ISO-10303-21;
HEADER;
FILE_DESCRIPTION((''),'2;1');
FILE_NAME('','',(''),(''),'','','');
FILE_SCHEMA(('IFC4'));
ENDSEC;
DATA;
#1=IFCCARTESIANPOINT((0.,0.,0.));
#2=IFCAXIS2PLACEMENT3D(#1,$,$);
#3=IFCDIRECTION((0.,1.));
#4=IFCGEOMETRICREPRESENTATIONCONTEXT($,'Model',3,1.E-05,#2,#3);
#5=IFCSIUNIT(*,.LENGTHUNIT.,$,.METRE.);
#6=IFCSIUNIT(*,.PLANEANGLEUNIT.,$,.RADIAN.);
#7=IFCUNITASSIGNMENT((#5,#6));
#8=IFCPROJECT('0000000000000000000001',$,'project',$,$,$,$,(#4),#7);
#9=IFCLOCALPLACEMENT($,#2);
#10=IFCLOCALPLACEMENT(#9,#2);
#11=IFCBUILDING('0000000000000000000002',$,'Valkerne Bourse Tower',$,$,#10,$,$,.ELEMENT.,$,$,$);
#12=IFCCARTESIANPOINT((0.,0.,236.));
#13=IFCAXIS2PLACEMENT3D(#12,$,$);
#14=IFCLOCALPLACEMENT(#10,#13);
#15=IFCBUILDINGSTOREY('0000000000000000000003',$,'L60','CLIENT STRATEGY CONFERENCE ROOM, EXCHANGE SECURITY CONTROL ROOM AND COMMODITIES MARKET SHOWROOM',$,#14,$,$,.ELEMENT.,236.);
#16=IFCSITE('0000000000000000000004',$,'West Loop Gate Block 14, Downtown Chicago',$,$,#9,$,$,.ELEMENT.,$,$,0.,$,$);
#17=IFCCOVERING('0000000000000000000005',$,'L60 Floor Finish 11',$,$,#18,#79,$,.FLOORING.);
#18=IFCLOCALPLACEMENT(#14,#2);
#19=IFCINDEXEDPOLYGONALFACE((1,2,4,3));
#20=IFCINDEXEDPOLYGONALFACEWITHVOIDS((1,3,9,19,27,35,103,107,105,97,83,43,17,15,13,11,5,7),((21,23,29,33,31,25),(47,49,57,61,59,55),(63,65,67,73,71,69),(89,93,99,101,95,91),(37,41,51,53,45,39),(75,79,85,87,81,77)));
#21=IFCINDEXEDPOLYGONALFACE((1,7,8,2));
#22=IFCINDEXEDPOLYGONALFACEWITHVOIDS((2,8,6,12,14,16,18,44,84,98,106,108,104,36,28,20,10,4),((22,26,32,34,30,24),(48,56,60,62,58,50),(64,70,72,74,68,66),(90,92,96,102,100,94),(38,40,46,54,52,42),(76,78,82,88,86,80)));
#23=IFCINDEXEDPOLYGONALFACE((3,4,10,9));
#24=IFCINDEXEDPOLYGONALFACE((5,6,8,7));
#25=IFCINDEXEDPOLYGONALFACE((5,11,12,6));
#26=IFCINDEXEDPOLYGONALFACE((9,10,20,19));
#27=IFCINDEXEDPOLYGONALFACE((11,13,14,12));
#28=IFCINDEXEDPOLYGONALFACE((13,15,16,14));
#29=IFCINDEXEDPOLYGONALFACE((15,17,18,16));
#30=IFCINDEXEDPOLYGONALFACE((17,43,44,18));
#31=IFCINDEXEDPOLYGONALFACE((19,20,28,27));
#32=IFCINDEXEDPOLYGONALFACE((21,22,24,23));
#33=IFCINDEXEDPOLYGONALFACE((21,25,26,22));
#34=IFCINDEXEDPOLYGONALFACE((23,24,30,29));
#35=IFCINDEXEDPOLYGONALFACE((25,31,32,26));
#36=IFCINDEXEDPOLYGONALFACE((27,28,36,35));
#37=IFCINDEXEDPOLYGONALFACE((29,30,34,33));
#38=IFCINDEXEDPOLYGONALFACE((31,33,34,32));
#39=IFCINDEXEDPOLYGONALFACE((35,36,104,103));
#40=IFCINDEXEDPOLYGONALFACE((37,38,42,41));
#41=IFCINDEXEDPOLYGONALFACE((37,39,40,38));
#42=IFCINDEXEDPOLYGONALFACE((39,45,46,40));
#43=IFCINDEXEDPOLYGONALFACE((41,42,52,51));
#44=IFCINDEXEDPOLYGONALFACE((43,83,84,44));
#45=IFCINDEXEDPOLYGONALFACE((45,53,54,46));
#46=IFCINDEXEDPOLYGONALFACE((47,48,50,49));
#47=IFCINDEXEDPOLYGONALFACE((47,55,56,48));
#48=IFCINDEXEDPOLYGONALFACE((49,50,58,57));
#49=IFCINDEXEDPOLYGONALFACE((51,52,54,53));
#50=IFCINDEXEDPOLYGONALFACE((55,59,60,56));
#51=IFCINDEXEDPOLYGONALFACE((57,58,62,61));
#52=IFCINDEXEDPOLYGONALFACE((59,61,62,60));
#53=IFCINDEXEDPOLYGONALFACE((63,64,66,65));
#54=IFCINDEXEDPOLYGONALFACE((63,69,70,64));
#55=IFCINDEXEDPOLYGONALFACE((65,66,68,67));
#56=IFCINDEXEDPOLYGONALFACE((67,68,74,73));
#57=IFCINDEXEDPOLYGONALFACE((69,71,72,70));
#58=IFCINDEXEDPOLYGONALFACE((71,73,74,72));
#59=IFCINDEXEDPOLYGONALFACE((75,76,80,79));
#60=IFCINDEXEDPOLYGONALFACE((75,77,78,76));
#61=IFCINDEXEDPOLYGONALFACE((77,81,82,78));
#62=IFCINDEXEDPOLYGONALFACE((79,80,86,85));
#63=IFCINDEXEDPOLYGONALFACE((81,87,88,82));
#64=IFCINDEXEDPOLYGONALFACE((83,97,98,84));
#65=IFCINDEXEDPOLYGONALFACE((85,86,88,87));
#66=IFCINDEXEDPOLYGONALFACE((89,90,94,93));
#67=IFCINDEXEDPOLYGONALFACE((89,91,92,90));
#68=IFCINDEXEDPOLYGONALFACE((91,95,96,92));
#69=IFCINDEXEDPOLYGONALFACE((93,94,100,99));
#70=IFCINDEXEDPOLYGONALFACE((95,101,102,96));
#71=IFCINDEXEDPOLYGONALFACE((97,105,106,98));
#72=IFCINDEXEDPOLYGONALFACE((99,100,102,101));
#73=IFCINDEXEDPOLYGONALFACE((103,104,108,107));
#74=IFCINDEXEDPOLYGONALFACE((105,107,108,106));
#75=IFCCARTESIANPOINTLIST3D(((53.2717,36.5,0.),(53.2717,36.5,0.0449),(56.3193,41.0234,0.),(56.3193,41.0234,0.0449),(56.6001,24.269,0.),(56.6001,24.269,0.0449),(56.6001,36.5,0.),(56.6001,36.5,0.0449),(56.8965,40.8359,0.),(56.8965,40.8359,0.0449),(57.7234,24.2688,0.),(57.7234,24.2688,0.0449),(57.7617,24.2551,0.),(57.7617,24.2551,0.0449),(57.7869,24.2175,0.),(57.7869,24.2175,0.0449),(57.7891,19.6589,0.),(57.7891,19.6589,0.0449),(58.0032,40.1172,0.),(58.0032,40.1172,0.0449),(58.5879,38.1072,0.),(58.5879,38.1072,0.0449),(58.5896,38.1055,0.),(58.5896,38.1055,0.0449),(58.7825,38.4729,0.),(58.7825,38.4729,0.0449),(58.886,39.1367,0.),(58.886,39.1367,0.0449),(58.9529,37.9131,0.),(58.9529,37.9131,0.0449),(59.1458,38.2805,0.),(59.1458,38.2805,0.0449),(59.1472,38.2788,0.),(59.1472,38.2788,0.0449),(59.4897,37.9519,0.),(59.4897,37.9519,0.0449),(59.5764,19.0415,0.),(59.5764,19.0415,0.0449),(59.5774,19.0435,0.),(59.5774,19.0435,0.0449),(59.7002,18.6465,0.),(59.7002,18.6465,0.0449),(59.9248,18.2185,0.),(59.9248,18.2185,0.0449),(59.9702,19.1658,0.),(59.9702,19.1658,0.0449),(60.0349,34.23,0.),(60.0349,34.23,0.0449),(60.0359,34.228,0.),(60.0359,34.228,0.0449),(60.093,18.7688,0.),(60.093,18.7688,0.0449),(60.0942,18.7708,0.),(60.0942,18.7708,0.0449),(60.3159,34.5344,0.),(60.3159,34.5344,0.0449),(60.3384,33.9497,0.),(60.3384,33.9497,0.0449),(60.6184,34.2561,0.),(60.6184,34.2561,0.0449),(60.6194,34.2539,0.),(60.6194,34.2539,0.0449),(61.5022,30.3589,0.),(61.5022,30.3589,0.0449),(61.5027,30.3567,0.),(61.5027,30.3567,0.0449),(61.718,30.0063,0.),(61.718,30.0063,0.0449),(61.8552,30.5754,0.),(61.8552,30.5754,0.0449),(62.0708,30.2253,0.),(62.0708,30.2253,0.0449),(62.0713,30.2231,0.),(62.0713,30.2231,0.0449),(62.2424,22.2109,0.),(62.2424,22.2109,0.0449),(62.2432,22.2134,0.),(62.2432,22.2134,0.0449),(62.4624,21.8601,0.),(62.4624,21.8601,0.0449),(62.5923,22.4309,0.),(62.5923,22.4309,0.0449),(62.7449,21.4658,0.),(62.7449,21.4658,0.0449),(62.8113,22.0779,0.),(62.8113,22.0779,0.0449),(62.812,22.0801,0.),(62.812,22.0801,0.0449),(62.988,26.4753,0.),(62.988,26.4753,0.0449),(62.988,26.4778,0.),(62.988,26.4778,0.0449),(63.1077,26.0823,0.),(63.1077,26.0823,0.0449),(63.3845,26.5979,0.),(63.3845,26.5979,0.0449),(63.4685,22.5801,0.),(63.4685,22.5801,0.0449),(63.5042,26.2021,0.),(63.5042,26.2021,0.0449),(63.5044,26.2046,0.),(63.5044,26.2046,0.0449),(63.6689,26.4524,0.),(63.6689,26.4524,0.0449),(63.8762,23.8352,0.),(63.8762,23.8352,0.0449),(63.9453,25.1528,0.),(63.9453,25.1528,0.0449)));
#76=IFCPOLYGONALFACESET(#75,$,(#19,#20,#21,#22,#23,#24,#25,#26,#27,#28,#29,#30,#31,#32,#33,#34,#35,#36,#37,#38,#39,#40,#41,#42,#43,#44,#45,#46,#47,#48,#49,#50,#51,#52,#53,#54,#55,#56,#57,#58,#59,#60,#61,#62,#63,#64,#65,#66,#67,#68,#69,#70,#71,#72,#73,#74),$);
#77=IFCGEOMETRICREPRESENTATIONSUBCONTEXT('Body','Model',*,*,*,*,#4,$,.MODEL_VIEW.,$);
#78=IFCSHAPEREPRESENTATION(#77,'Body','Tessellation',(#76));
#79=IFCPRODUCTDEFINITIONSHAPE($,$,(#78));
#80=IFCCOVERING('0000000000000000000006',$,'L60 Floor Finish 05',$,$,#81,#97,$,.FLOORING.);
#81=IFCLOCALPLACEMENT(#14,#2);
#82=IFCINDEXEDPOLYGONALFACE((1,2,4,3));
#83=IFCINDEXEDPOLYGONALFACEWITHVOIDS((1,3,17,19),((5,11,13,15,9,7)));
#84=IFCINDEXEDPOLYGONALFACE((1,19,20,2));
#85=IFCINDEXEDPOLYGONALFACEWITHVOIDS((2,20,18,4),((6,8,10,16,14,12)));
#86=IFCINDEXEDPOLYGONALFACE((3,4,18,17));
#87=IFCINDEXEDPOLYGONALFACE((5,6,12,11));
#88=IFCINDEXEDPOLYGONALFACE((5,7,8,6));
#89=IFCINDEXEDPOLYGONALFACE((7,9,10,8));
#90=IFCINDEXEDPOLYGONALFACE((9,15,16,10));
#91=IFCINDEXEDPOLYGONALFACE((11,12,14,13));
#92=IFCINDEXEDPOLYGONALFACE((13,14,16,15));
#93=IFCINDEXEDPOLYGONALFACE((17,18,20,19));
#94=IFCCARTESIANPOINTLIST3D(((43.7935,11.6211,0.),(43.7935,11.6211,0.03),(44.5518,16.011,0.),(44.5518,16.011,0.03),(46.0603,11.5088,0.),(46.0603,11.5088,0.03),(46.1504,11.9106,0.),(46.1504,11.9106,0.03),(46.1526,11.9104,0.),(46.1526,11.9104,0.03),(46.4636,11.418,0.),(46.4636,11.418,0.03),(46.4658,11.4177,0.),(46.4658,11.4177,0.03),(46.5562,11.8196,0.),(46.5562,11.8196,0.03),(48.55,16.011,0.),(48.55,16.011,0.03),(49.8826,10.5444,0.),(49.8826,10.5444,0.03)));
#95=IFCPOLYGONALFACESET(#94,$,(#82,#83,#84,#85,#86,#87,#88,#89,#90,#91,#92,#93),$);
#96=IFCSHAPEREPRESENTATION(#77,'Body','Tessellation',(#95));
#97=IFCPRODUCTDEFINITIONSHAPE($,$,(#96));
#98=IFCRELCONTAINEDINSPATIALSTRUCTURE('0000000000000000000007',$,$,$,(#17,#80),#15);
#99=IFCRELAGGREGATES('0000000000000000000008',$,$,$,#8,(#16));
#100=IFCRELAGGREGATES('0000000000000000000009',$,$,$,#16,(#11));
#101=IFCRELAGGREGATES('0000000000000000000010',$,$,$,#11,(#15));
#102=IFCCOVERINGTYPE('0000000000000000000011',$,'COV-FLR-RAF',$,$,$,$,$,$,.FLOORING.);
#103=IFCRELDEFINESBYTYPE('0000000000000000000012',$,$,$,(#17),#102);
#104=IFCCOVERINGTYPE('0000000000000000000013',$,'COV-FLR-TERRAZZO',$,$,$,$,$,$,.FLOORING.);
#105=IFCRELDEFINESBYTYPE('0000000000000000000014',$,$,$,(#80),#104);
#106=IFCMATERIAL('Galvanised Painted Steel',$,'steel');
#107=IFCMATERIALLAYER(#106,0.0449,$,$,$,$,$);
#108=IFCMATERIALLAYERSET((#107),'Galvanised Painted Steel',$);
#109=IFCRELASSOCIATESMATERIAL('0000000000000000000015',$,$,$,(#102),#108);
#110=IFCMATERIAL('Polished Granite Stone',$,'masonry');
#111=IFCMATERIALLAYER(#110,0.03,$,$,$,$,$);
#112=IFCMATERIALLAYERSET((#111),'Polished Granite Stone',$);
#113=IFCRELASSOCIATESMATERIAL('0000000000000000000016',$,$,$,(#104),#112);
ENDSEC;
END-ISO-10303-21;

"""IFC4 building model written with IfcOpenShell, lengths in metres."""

from ifc_helpers import new_model, si_unit, direction, frame, origin, place, context, subcontext, project, spatial, polyline, outline, extrude, material, layer, layer_set, type_object, element, save


model = new_model("IFC4")

# Units and contexts
model_context = context("Model", 3, precision=1e-05, world=origin(), true_north=direction((0.0, 1.0)))
body_context = subcontext(model_context, "Body", "Model", "MODEL_VIEW")
ifc_project = project(units=[si_unit("LENGTHUNIT", "METRE"), si_unit("PLANEANGLEUNIT", "RADIAN")], contexts=[model_context])

# Site, building, storey
site_placement = place(None, origin())
site = spatial("IfcSite", under=ifc_project, at=site_placement, Name="West Loop Gate Block 14, Downtown Chicago", CompositionType="ELEMENT", RefElevation=0.0)
building_placement = place(site_placement, origin())
building = spatial("IfcBuilding", under=site, at=building_placement, Name="Valkerne Bourse Tower", CompositionType="ELEMENT")
storey_placement = place(building_placement, frame((0.0, 0.0, 236.0)))
storey = spatial("IfcBuildingStorey", under=building, at=storey_placement, Name="L60", Description="CLIENT STRATEGY CONFERENCE ROOM, EXCHANGE SECURITY CONTROL ROOM AND COMMODITIES MARKET SHOWROOM", CompositionType="ELEMENT", Elevation=236.0)

# Coverings
ifc_material_1 = material(Name="Galvanised Painted Steel", Category="steel")
ifc_layer_1 = layer(ifc_material_1, 0.0449)
ifc_layer_set_1 = layer_set([ifc_layer_1], Name="Galvanised Painted Steel")
covering_type_1 = type_object("IfcCoveringType", Name="COV-FLR-RAF", PredefinedType="FLOORING", material=ifc_layer_set_1)
covering_1_placement = place(storey_placement, origin())
element("IfcCovering", 1, at=covering_1_placement, inside=storey, type_object=covering_type_1, Name="L60 Floor Finish 11", PredefinedType="FLOORING", context=body_context, shape_type="SweptSolid", body=[
    extrude(outline(polyline([(63.4685, 22.5801), (62.7449, 21.4658), (59.9248, 18.2185), (57.7891, 19.6589), (57.7869, 24.2175), (57.7617, 24.2551), (57.7234, 24.2688), (56.6001, 24.269), (56.6001, 36.5), (53.2717, 36.5), (56.3193, 41.0234), (56.8965, 40.8359), (58.0032, 40.1172), (58.886, 39.1367), (59.4897, 37.9519), (63.6689, 26.4524), (63.9453, 25.1528), (63.8762, 23.8352), (63.4685, 22.5801)]), holes=[polyline([(60.0942, 18.7708), (59.9702, 19.1658), (59.5774, 19.0435), (59.5764, 19.0415), (59.7002, 18.6465), (60.093, 18.7688), (60.0942, 18.7708)]), polyline([(62.812, 22.0801), (62.5923, 22.4309), (62.2432, 22.2134), (62.2424, 22.2109), (62.4624, 21.8601), (62.8113, 22.0779), (62.812, 22.0801)]), polyline([(63.5042, 26.2021), (63.5044, 26.2046), (63.3845, 26.5979), (62.988, 26.4778), (62.988, 26.4753), (63.1077, 26.0823), (63.5042, 26.2021)]), polyline([(62.0708, 30.2253), (61.8552, 30.5754), (61.5022, 30.3589), (61.5027, 30.3567), (61.718, 30.0063), (62.0713, 30.2231), (62.0708, 30.2253)]), polyline([(60.6184, 34.2561), (60.3159, 34.5344), (60.0349, 34.23), (60.0359, 34.228), (60.3384, 33.9497), (60.6194, 34.2539), (60.6184, 34.2561)]), polyline([(59.1458, 38.2805), (58.7825, 38.4729), (58.5879, 38.1072), (58.5896, 38.1055), (58.9529, 37.9131), (59.1472, 38.2788), (59.1458, 38.2805)])]), origin(), (0.0, 0.0, 1.0), 0.0449),
])
ifc_material_2 = material(Name="Polished Granite Stone", Category="masonry")
ifc_layer_2 = layer(ifc_material_2, 0.03)
ifc_layer_set_2 = layer_set([ifc_layer_2], Name="Polished Granite Stone")
covering_type_2 = type_object("IfcCoveringType", Name="COV-FLR-TERRAZZO", PredefinedType="FLOORING", material=ifc_layer_set_2)
covering_2_placement = place(storey_placement, origin())
element("IfcCovering", 2, at=covering_2_placement, inside=storey, type_object=covering_type_2, Name="L60 Floor Finish 05", PredefinedType="FLOORING", context=body_context, shape_type="SweptSolid", body=[
    extrude(outline(polyline([(48.55, 16.011), (49.8826, 10.5444), (43.7935, 11.6211), (44.5518, 16.011), (48.55, 16.011)]), holes=[polyline([(46.1526, 11.9104), (46.1504, 11.9106), (46.0603, 11.5088), (46.4636, 11.418), (46.4658, 11.4177), (46.5562, 11.8196), (46.1526, 11.9104)])]), origin(), (0.0, 0.0, 1.0), 0.03),
])

save(model, "model.ifc")
